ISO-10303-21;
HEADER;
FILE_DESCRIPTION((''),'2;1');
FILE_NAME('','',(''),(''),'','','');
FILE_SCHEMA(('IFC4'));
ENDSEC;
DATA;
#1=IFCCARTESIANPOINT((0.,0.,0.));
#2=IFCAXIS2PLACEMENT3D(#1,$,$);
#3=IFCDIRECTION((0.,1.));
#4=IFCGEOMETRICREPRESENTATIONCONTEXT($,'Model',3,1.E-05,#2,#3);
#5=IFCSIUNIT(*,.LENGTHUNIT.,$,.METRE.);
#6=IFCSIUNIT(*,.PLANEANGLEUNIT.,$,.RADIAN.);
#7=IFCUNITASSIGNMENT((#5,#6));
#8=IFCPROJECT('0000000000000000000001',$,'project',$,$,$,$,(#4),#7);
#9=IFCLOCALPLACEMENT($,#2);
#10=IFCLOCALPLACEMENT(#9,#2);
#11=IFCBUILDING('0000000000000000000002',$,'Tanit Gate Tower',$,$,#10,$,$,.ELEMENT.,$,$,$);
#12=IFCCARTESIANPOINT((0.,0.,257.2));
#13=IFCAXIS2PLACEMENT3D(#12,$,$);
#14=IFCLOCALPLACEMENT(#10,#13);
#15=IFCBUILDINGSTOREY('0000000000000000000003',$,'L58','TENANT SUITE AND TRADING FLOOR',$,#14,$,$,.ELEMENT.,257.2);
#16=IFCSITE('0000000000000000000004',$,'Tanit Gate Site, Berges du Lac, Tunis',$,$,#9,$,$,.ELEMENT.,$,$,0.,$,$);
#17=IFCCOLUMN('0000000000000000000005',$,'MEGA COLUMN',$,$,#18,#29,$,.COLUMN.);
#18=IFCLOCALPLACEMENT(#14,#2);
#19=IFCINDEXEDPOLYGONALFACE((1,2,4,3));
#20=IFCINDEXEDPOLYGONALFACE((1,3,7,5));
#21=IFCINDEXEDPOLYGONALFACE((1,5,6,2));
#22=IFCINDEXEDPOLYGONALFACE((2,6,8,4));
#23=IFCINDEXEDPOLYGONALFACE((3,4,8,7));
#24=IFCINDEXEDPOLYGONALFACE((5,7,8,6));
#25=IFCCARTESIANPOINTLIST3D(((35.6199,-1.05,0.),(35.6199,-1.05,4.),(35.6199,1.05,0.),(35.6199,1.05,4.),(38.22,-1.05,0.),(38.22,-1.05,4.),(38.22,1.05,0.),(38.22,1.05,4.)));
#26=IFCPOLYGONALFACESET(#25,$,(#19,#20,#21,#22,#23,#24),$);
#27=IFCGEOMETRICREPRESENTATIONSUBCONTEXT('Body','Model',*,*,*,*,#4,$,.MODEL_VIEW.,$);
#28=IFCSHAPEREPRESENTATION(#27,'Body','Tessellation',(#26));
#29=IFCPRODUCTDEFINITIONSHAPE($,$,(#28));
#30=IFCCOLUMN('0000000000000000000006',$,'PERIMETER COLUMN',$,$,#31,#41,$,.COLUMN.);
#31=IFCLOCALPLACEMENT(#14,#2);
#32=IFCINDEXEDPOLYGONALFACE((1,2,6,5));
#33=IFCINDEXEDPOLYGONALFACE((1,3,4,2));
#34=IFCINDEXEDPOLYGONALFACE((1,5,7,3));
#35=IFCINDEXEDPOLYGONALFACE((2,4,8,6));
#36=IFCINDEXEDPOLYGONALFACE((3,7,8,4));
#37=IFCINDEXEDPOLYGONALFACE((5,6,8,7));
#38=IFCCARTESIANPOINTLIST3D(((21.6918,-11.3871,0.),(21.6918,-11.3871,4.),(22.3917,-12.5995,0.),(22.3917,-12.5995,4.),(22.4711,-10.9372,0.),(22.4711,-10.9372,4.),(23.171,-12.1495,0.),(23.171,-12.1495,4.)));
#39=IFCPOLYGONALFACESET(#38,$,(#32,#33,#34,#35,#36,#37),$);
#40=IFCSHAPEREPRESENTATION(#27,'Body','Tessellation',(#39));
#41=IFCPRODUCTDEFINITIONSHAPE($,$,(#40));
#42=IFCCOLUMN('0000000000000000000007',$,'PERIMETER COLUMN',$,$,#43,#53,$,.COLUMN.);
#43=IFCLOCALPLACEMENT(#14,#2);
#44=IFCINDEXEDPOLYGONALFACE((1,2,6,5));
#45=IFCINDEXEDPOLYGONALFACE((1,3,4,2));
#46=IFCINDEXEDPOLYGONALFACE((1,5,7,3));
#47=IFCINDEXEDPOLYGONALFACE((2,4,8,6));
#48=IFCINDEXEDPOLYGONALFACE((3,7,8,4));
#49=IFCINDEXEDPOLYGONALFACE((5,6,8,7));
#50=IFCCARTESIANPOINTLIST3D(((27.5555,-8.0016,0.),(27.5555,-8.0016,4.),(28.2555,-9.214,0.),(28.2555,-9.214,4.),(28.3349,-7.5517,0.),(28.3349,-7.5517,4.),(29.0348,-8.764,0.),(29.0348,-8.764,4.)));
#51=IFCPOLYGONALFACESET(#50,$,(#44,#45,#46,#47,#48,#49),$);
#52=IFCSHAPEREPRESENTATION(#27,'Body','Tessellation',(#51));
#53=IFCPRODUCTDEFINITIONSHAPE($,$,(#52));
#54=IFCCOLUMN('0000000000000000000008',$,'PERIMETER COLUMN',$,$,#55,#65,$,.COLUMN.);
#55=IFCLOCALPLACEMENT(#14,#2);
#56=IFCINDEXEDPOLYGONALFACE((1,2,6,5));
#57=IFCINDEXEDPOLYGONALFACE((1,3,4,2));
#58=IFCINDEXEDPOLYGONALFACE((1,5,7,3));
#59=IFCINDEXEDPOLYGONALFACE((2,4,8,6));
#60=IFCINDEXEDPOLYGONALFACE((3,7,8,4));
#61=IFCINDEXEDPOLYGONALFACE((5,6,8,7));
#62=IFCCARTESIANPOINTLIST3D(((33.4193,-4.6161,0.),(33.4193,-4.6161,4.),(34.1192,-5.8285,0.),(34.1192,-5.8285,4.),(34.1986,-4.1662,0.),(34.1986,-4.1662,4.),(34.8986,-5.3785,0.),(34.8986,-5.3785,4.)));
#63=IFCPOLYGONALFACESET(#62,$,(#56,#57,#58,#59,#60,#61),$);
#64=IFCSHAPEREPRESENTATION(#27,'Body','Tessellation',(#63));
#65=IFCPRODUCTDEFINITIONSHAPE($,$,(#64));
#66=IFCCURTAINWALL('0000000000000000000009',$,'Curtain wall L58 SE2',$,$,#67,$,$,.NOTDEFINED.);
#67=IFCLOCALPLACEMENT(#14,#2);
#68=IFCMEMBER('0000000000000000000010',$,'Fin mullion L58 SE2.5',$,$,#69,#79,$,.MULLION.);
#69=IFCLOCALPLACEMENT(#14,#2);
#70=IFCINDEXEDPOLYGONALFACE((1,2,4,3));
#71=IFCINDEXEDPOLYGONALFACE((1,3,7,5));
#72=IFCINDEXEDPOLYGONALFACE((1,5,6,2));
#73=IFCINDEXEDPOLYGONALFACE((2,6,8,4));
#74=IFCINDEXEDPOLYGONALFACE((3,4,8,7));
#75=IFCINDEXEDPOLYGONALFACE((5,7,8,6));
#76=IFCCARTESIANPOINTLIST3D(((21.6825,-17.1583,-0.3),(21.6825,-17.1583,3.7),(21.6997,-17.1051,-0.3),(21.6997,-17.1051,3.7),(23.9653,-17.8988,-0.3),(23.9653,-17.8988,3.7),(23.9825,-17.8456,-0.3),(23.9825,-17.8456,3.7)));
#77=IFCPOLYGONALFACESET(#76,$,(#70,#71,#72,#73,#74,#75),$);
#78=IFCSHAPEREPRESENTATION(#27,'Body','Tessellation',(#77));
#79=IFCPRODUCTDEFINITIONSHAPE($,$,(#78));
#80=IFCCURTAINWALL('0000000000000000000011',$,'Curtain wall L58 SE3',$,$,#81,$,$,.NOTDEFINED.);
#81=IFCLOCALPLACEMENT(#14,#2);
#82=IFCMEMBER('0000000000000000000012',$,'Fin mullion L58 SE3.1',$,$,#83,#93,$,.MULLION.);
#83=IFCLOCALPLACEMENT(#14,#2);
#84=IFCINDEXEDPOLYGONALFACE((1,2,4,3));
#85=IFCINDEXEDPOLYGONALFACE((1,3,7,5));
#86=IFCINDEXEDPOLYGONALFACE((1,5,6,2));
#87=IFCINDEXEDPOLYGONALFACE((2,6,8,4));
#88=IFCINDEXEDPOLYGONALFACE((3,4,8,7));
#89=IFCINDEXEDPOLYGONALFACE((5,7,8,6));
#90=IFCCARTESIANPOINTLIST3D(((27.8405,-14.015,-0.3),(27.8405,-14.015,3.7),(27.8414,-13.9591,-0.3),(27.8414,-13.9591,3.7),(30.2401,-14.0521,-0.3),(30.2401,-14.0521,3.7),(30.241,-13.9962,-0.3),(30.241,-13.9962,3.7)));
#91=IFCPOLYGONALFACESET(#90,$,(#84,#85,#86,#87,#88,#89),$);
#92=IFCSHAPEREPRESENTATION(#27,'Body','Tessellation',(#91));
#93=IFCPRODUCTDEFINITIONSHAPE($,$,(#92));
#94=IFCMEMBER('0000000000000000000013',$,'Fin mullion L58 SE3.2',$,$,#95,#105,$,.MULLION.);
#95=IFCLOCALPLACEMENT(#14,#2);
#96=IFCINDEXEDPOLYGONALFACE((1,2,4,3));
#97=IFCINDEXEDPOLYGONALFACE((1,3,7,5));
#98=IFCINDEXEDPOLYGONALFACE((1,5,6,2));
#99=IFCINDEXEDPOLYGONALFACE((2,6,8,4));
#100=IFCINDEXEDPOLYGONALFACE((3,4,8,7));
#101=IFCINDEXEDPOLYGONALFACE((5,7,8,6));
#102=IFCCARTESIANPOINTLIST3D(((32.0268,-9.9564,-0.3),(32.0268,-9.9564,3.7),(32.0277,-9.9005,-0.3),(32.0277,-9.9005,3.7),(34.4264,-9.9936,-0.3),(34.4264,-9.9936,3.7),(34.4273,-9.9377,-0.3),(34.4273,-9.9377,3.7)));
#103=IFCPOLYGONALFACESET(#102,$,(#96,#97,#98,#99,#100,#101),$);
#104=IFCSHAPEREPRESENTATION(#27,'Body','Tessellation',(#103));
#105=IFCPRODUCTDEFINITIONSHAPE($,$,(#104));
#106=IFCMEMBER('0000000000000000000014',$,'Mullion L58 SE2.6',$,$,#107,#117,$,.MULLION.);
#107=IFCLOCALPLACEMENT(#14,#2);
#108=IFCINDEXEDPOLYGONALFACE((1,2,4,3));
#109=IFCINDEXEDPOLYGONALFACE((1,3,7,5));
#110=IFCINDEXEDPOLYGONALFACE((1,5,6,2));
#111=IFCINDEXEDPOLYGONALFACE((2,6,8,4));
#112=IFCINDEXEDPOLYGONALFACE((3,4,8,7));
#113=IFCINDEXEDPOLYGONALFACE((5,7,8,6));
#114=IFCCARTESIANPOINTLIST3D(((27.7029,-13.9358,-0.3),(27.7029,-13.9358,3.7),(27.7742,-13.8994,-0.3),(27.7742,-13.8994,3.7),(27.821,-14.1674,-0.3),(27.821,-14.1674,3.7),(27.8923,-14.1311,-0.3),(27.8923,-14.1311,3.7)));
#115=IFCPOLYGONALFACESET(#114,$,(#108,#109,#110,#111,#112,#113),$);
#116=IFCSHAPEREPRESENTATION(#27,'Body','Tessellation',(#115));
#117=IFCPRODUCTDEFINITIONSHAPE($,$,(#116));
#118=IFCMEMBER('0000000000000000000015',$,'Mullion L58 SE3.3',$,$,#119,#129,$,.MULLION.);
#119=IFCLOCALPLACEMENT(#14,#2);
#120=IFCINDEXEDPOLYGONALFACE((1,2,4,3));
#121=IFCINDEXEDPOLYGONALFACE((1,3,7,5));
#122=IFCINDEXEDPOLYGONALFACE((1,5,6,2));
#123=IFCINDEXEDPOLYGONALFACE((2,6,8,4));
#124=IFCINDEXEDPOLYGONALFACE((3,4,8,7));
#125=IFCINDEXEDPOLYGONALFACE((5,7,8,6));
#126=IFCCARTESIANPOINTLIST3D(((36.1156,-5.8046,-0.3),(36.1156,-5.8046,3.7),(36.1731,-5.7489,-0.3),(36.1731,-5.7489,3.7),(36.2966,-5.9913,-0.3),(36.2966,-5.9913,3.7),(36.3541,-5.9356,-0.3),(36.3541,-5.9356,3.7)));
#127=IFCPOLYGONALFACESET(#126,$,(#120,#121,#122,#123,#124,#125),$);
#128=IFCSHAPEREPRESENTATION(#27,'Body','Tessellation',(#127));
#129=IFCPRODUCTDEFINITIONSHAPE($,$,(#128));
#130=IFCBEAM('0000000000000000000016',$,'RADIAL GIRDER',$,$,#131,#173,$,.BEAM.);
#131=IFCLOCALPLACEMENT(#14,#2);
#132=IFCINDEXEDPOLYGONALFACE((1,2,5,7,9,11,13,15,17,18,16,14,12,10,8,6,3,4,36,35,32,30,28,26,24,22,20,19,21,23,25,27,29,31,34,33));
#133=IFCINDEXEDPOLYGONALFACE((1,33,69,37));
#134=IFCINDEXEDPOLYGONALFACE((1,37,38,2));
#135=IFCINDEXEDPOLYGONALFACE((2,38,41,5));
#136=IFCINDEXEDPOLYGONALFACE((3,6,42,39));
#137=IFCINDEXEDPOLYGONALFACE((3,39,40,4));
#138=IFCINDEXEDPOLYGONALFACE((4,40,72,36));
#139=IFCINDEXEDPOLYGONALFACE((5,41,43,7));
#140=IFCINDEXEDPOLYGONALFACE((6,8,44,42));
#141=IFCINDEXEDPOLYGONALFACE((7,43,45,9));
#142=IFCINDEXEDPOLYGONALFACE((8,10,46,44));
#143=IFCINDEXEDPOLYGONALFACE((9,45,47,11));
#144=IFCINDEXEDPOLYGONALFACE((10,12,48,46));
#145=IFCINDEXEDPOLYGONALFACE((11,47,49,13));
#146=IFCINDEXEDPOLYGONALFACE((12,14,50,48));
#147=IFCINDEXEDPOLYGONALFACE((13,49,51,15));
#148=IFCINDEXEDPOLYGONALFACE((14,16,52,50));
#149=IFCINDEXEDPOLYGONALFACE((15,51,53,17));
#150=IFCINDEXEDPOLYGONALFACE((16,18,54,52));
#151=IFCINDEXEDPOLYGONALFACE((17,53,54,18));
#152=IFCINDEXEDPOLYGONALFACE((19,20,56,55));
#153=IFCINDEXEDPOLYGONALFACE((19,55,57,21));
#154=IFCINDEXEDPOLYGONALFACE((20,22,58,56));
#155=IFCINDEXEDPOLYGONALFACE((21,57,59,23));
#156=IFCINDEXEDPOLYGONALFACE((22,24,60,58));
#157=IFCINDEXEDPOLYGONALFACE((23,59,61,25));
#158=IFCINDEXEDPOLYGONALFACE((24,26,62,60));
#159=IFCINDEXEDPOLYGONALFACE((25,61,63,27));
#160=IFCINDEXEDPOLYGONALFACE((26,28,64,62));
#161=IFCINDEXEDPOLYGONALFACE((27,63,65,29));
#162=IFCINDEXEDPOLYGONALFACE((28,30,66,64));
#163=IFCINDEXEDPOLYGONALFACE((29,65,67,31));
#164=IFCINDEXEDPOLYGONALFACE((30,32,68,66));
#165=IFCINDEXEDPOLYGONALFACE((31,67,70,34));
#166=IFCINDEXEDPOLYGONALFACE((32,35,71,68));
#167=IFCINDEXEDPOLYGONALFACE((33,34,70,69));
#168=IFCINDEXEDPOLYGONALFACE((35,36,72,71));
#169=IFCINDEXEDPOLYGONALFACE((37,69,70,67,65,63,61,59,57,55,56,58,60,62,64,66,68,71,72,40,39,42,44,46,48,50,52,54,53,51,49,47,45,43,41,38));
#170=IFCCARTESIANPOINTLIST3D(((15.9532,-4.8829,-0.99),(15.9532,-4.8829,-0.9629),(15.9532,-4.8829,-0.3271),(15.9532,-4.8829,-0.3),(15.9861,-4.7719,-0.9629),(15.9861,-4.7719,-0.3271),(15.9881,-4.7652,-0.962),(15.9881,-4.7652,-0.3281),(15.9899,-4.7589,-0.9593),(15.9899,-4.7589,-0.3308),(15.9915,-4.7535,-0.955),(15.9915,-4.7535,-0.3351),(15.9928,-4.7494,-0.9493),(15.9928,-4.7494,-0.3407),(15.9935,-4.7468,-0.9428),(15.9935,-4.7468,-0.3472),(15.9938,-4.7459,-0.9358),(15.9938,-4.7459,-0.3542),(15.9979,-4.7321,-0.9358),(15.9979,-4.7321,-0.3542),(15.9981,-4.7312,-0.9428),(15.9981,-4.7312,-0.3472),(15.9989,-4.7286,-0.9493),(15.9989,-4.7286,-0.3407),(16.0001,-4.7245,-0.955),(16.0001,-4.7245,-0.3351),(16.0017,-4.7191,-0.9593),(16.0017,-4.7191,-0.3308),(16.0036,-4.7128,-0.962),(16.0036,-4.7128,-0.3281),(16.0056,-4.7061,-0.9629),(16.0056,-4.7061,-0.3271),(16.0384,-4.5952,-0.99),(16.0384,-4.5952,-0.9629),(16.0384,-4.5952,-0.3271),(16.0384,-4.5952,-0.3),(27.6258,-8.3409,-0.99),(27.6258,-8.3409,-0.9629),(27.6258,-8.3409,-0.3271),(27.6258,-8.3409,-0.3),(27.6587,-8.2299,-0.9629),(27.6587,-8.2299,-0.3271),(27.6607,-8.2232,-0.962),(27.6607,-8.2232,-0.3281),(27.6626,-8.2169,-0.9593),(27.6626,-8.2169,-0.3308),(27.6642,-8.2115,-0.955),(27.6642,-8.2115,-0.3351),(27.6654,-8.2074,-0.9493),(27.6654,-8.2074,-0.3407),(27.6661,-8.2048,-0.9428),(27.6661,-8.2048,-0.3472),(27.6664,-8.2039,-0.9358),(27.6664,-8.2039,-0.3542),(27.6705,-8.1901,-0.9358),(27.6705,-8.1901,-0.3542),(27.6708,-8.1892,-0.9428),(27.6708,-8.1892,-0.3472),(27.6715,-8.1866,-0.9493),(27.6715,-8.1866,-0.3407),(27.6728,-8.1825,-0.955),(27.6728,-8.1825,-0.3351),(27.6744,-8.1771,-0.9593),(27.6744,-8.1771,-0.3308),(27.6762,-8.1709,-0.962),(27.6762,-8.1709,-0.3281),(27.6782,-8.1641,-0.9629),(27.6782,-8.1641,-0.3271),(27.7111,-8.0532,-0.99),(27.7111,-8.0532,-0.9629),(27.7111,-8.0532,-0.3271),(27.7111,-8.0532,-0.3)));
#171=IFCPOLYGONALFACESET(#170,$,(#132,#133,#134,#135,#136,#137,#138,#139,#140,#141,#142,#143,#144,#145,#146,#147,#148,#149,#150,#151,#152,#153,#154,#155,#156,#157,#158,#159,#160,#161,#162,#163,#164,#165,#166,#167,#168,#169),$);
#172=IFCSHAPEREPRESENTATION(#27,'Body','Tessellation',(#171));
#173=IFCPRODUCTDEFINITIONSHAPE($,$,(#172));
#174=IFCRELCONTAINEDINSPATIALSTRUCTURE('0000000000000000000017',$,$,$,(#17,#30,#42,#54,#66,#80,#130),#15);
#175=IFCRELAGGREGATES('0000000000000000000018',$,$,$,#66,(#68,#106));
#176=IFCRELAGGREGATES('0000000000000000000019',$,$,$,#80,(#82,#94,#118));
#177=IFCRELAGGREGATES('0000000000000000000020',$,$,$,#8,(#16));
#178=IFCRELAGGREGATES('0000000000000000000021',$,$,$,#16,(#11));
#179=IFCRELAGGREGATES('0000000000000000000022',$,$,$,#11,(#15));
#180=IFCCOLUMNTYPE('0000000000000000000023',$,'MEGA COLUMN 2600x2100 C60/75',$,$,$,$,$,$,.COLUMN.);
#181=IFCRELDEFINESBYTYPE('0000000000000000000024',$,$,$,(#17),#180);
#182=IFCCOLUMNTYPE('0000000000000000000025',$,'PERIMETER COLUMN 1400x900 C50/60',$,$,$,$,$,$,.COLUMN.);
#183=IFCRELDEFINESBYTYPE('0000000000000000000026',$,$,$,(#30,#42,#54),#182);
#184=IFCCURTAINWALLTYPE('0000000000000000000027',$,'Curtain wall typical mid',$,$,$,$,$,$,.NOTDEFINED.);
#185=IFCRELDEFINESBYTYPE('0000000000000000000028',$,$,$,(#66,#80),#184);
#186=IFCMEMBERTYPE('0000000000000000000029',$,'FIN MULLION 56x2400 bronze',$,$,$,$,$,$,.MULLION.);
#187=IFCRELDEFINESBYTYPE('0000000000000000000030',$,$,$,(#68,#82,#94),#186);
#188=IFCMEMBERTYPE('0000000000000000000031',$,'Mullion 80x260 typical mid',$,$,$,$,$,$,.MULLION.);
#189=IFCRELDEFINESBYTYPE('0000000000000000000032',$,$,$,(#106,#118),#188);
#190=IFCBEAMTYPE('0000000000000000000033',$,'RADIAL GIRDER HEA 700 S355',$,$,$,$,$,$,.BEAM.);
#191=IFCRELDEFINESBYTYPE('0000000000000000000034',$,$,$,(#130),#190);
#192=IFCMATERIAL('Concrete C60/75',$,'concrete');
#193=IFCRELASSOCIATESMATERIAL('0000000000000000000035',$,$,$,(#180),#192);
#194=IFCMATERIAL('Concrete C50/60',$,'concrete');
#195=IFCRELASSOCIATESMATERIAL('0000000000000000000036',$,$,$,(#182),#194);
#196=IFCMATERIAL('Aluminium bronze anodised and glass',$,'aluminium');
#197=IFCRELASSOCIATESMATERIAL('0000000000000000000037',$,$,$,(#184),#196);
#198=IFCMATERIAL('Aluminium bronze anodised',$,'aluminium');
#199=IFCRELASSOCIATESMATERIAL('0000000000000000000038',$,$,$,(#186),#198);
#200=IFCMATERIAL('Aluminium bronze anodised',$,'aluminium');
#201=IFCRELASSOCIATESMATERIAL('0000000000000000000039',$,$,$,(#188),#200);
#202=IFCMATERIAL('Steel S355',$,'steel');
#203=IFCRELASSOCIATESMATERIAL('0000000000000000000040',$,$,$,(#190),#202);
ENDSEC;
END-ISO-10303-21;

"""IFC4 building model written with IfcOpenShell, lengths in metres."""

from ifc_helpers import new_model, si_unit, direction, frame, origin, origin_2d, place, context, subcontext, project, spatial, rectangle, i_section, extrude, material, material_profile, profile_set, type_object, element, aggregate, save


model = new_model("IFC4")

# Units and contexts
model_context = context("Model", 3, precision=1e-05, world=origin(), true_north=direction((0.0, 1.0)))
body_context = subcontext(model_context, "Body", "Model", "MODEL_VIEW")
ifc_project = project(units=[si_unit("LENGTHUNIT", "METRE"), si_unit("PLANEANGLEUNIT", "RADIAN")], contexts=[model_context])

# Site, building, storey
site_placement = place(None, origin())
site = spatial("IfcSite", under=ifc_project, at=site_placement, Name="Tanit Gate Site, Berges du Lac, Tunis", CompositionType="ELEMENT", RefElevation=0.0)
building_placement = place(site_placement, origin())
building = spatial("IfcBuilding", under=site, at=building_placement, Name="Tanit Gate Tower", CompositionType="ELEMENT")
storey_placement = place(building_placement, frame((0.0, 0.0, 257.2)))
storey = spatial("IfcBuildingStorey", under=building, at=storey_placement, Name="L58", Description="TENANT SUITE AND TRADING FLOOR", CompositionType="ELEMENT", Elevation=257.2)

# Columns
ifc_material_1 = material(Name="Concrete C60/75", Category="concrete")
ifc_material_profile_1 = material_profile(ifc_material_1, rectangle(XDim=2.6001, YDim=2.1001, at=origin_2d()), Name="RC 2600x2100")
ifc_profile_set_1 = profile_set([ifc_material_profile_1], Name="Concrete C60/75")
column_type_1 = type_object("IfcColumnType", Name="MEGA COLUMN 2600x2100 C60/75", PredefinedType="COLUMN", material=ifc_profile_set_1)
column_placement = place(storey_placement, frame((36.9199, 0.0, 0.0), z_axis=(0.0, 0.0, 1.0), x_axis=(1.0, 0.0, 0.0)))
element("IfcColumn", 1, at=column_placement, inside=storey, type_object=column_type_1, Name="MEGA COLUMN", PredefinedType="COLUMN", context=body_context, shape_type="SweptSolid", body=[
    extrude(rectangle(XDim=2.6001, YDim=2.1001, at=origin_2d()), origin(), (0.0, 0.0, 1.0), 4.0),
])
ifc_material_2 = material(Name="Concrete C50/60", Category="concrete")
ifc_material_profile_2 = material_profile(ifc_material_2, rectangle(XDim=1.3999, YDim=0.8999, at=origin_2d()), Name="RC 1400x900")
ifc_profile_set_2 = profile_set([ifc_material_profile_2], Name="Concrete C50/60")
column_type_2 = type_object("IfcColumnType", Name="PERIMETER COLUMN 1400x900 C50/60", PredefinedType="COLUMN", material=ifc_profile_set_2)
for number, where, z_axis, x_axis, name in (
    (2, (22.4314, -11.7683, 0.0), (0.0, 0.0, 1.0), (0.5, -0.866025, 0.0), "PERIMETER COLUMN"),
    (3, (28.2952, -8.3828, 0.0), (0.0, 0.0, 1.0), (0.5, -0.866025, 0.0), "PERIMETER COLUMN"),
    (4, (34.1589, -4.9973, 0.0), (0.0, 0.0, 1.0), (0.5, -0.866025, 0.0), "PERIMETER COLUMN"),
):
    element("IfcColumn", number, at=place(storey_placement, frame(where, z_axis=z_axis, x_axis=x_axis)), inside=storey, type_object=column_type_2, Name=name, PredefinedType="COLUMN", context=body_context, shape_type="SweptSolid", body=[
        extrude(rectangle(XDim=1.3999, YDim=0.8999, at=origin_2d()), origin(), (0.0, 0.0, 1.0), 4.0),
    ])

# Curtain wall, member
ifc_material_3 = material(Name="Aluminium bronze anodised and glass", Category="aluminium")
curtain_wall_type = type_object("IfcCurtainWallType", Name="Curtain wall typical mid", PredefinedType="NOTDEFINED", material=ifc_material_3)
curtain_wall_1_placement = place(storey_placement, origin())
curtain_wall_1 = element("IfcCurtainWall", 5, at=curtain_wall_1_placement, inside=storey, type_object=curtain_wall_type, Name="Curtain wall L58 SE2", PredefinedType="NOTDEFINED")
ifc_material_4 = material(Name="Aluminium bronze anodised", Category="aluminium")
ifc_material_profile_3 = material_profile(ifc_material_4, rectangle(XDim=2.3999, YDim=0.0559, at=origin_2d()), Name="56x2400 bronze fin mullion")
ifc_profile_set_3 = profile_set([ifc_material_profile_3], Name="Aluminium bronze anodised")
member_type_1 = type_object("IfcMemberType", Name="FIN MULLION 56x2400 bronze", PredefinedType="MULLION", material=ifc_profile_set_3)
member_1_placement = place(storey_placement, frame((22.8325, -17.502, -0.3), z_axis=(0.0, 0.0, 1.0), x_axis=(-0.951202, 0.308568, 0.0)))
member_1 = element("IfcMember", 6, at=member_1_placement, type_object=member_type_1, Name="Fin mullion L58 SE2.5", PredefinedType="MULLION", context=body_context, shape_type="SweptSolid", body=[
    extrude(rectangle(XDim=2.3999, YDim=0.0559, at=origin_2d()), origin(), (0.0, 0.0, 1.0), 4.0),
])

# Curtain wall, members
curtain_wall_2_placement = place(storey_placement, origin())
curtain_wall_2 = element("IfcCurtainWall", 7, at=curtain_wall_2_placement, inside=storey, type_object=curtain_wall_type, Name="Curtain wall L58 SE3", PredefinedType="NOTDEFINED")
member_2_placement = place(storey_placement, frame((29.0408, -14.0056, -0.3), z_axis=(0.0, 0.0, 1.0), x_axis=(-0.99988, 0.015484, 0.0)))
member_2 = element("IfcMember", 8, at=member_2_placement, type_object=member_type_1, Name="Fin mullion L58 SE3.1", PredefinedType="MULLION", context=body_context, shape_type="SweptSolid", body=[
    extrude(rectangle(XDim=2.3999, YDim=0.0559, at=origin_2d()), origin(), (0.0, 0.0, 1.0), 4.0),
])
member_3_placement = place(storey_placement, frame((33.2271, -9.947, -0.3), z_axis=(0.0, 0.0, 1.0), x_axis=(-0.99988, 0.015484, 0.0)))
member_3 = element("IfcMember", 9, at=member_3_placement, type_object=member_type_1, Name="Fin mullion L58 SE3.2", PredefinedType="MULLION", context=body_context, shape_type="SweptSolid", body=[
    extrude(rectangle(XDim=2.3999, YDim=0.0559, at=origin_2d()), origin(), (0.0, 0.0, 1.0), 4.0),
])

# Members
ifc_material_5 = material(Name="Aluminium bronze anodised", Category="aluminium")
ifc_material_profile_4 = material_profile(ifc_material_5, rectangle(XDim=0.26, YDim=0.0801, at=origin_2d()), Name="80x260 bronze mullion")
ifc_profile_set_4 = profile_set([ifc_material_profile_4], Name="Aluminium bronze anodised")
member_type_2 = type_object("IfcMemberType", Name="Mullion 80x260 typical mid", PredefinedType="MULLION", material=ifc_profile_set_4)
member_4_placement = place(storey_placement, frame((27.7976, -14.0334, -0.3), z_axis=(0.0, 0.0, 1.0), x_axis=(-0.454411, 0.890792, 0.0)))
member_4 = element("IfcMember", 10, at=member_4_placement, type_object=member_type_2, Name="Mullion L58 SE2.6", PredefinedType="MULLION", context=body_context, shape_type="SweptSolid", body=[
    extrude(rectangle(XDim=0.26, YDim=0.0801, at=origin_2d()), origin(), (0.0, 0.0, 1.0), 4.0),
])
member_5_placement = place(storey_placement, frame((36.2349, -5.8701, -0.3), z_axis=(0.0, 0.0, 1.0), x_axis=(-0.696073, 0.717971, 0.0)))
member_5 = element("IfcMember", 11, at=member_5_placement, type_object=member_type_2, Name="Mullion L58 SE3.3", PredefinedType="MULLION", context=body_context, shape_type="SweptSolid", body=[
    extrude(rectangle(XDim=0.26, YDim=0.0801, at=origin_2d()), origin(), (0.0, 0.0, 1.0), 4.0),
])

# Beam
ifc_material_6 = material(Name="Steel S355", Category="steel")
ifc_material_profile_5 = material_profile(ifc_material_6, i_section(OverallWidth=0.3, OverallDepth=0.6899, WebThickness=0.0144, FlangeThickness=0.0271, FilletRadius=0.0271, at=origin_2d()), Name="HEA 700")
ifc_profile_set_5 = profile_set([ifc_material_profile_5], Name="Steel S355")
beam_type_1 = type_object("IfcBeamType", Name="RADIAL GIRDER HEA 700 S355", PredefinedType="BEAM", material=ifc_profile_set_5)
beam_1_placement = place(storey_placement, frame((27.6685, -8.197, -0.645), z_axis=(-0.95881, 0.284047, 0.0), x_axis=(-0.284047, -0.95881, 0.0)))
element("IfcBeam", 12, at=beam_1_placement, inside=storey, type_object=beam_type_1, Name="RADIAL GIRDER", PredefinedType="BEAM", context=body_context, shape_type="SweptSolid", body=[
    extrude(i_section(OverallWidth=0.3, OverallDepth=0.6899, WebThickness=0.0144, FlangeThickness=0.0271, FilletRadius=0.0271, at=origin_2d()), origin(), (0.0, 0.0, 1.0), 12.1741),
])

aggregate(curtain_wall_1, [member_1, member_4])
aggregate(curtain_wall_2, [member_2, member_3, member_5])

save(model, "model.ifc")
